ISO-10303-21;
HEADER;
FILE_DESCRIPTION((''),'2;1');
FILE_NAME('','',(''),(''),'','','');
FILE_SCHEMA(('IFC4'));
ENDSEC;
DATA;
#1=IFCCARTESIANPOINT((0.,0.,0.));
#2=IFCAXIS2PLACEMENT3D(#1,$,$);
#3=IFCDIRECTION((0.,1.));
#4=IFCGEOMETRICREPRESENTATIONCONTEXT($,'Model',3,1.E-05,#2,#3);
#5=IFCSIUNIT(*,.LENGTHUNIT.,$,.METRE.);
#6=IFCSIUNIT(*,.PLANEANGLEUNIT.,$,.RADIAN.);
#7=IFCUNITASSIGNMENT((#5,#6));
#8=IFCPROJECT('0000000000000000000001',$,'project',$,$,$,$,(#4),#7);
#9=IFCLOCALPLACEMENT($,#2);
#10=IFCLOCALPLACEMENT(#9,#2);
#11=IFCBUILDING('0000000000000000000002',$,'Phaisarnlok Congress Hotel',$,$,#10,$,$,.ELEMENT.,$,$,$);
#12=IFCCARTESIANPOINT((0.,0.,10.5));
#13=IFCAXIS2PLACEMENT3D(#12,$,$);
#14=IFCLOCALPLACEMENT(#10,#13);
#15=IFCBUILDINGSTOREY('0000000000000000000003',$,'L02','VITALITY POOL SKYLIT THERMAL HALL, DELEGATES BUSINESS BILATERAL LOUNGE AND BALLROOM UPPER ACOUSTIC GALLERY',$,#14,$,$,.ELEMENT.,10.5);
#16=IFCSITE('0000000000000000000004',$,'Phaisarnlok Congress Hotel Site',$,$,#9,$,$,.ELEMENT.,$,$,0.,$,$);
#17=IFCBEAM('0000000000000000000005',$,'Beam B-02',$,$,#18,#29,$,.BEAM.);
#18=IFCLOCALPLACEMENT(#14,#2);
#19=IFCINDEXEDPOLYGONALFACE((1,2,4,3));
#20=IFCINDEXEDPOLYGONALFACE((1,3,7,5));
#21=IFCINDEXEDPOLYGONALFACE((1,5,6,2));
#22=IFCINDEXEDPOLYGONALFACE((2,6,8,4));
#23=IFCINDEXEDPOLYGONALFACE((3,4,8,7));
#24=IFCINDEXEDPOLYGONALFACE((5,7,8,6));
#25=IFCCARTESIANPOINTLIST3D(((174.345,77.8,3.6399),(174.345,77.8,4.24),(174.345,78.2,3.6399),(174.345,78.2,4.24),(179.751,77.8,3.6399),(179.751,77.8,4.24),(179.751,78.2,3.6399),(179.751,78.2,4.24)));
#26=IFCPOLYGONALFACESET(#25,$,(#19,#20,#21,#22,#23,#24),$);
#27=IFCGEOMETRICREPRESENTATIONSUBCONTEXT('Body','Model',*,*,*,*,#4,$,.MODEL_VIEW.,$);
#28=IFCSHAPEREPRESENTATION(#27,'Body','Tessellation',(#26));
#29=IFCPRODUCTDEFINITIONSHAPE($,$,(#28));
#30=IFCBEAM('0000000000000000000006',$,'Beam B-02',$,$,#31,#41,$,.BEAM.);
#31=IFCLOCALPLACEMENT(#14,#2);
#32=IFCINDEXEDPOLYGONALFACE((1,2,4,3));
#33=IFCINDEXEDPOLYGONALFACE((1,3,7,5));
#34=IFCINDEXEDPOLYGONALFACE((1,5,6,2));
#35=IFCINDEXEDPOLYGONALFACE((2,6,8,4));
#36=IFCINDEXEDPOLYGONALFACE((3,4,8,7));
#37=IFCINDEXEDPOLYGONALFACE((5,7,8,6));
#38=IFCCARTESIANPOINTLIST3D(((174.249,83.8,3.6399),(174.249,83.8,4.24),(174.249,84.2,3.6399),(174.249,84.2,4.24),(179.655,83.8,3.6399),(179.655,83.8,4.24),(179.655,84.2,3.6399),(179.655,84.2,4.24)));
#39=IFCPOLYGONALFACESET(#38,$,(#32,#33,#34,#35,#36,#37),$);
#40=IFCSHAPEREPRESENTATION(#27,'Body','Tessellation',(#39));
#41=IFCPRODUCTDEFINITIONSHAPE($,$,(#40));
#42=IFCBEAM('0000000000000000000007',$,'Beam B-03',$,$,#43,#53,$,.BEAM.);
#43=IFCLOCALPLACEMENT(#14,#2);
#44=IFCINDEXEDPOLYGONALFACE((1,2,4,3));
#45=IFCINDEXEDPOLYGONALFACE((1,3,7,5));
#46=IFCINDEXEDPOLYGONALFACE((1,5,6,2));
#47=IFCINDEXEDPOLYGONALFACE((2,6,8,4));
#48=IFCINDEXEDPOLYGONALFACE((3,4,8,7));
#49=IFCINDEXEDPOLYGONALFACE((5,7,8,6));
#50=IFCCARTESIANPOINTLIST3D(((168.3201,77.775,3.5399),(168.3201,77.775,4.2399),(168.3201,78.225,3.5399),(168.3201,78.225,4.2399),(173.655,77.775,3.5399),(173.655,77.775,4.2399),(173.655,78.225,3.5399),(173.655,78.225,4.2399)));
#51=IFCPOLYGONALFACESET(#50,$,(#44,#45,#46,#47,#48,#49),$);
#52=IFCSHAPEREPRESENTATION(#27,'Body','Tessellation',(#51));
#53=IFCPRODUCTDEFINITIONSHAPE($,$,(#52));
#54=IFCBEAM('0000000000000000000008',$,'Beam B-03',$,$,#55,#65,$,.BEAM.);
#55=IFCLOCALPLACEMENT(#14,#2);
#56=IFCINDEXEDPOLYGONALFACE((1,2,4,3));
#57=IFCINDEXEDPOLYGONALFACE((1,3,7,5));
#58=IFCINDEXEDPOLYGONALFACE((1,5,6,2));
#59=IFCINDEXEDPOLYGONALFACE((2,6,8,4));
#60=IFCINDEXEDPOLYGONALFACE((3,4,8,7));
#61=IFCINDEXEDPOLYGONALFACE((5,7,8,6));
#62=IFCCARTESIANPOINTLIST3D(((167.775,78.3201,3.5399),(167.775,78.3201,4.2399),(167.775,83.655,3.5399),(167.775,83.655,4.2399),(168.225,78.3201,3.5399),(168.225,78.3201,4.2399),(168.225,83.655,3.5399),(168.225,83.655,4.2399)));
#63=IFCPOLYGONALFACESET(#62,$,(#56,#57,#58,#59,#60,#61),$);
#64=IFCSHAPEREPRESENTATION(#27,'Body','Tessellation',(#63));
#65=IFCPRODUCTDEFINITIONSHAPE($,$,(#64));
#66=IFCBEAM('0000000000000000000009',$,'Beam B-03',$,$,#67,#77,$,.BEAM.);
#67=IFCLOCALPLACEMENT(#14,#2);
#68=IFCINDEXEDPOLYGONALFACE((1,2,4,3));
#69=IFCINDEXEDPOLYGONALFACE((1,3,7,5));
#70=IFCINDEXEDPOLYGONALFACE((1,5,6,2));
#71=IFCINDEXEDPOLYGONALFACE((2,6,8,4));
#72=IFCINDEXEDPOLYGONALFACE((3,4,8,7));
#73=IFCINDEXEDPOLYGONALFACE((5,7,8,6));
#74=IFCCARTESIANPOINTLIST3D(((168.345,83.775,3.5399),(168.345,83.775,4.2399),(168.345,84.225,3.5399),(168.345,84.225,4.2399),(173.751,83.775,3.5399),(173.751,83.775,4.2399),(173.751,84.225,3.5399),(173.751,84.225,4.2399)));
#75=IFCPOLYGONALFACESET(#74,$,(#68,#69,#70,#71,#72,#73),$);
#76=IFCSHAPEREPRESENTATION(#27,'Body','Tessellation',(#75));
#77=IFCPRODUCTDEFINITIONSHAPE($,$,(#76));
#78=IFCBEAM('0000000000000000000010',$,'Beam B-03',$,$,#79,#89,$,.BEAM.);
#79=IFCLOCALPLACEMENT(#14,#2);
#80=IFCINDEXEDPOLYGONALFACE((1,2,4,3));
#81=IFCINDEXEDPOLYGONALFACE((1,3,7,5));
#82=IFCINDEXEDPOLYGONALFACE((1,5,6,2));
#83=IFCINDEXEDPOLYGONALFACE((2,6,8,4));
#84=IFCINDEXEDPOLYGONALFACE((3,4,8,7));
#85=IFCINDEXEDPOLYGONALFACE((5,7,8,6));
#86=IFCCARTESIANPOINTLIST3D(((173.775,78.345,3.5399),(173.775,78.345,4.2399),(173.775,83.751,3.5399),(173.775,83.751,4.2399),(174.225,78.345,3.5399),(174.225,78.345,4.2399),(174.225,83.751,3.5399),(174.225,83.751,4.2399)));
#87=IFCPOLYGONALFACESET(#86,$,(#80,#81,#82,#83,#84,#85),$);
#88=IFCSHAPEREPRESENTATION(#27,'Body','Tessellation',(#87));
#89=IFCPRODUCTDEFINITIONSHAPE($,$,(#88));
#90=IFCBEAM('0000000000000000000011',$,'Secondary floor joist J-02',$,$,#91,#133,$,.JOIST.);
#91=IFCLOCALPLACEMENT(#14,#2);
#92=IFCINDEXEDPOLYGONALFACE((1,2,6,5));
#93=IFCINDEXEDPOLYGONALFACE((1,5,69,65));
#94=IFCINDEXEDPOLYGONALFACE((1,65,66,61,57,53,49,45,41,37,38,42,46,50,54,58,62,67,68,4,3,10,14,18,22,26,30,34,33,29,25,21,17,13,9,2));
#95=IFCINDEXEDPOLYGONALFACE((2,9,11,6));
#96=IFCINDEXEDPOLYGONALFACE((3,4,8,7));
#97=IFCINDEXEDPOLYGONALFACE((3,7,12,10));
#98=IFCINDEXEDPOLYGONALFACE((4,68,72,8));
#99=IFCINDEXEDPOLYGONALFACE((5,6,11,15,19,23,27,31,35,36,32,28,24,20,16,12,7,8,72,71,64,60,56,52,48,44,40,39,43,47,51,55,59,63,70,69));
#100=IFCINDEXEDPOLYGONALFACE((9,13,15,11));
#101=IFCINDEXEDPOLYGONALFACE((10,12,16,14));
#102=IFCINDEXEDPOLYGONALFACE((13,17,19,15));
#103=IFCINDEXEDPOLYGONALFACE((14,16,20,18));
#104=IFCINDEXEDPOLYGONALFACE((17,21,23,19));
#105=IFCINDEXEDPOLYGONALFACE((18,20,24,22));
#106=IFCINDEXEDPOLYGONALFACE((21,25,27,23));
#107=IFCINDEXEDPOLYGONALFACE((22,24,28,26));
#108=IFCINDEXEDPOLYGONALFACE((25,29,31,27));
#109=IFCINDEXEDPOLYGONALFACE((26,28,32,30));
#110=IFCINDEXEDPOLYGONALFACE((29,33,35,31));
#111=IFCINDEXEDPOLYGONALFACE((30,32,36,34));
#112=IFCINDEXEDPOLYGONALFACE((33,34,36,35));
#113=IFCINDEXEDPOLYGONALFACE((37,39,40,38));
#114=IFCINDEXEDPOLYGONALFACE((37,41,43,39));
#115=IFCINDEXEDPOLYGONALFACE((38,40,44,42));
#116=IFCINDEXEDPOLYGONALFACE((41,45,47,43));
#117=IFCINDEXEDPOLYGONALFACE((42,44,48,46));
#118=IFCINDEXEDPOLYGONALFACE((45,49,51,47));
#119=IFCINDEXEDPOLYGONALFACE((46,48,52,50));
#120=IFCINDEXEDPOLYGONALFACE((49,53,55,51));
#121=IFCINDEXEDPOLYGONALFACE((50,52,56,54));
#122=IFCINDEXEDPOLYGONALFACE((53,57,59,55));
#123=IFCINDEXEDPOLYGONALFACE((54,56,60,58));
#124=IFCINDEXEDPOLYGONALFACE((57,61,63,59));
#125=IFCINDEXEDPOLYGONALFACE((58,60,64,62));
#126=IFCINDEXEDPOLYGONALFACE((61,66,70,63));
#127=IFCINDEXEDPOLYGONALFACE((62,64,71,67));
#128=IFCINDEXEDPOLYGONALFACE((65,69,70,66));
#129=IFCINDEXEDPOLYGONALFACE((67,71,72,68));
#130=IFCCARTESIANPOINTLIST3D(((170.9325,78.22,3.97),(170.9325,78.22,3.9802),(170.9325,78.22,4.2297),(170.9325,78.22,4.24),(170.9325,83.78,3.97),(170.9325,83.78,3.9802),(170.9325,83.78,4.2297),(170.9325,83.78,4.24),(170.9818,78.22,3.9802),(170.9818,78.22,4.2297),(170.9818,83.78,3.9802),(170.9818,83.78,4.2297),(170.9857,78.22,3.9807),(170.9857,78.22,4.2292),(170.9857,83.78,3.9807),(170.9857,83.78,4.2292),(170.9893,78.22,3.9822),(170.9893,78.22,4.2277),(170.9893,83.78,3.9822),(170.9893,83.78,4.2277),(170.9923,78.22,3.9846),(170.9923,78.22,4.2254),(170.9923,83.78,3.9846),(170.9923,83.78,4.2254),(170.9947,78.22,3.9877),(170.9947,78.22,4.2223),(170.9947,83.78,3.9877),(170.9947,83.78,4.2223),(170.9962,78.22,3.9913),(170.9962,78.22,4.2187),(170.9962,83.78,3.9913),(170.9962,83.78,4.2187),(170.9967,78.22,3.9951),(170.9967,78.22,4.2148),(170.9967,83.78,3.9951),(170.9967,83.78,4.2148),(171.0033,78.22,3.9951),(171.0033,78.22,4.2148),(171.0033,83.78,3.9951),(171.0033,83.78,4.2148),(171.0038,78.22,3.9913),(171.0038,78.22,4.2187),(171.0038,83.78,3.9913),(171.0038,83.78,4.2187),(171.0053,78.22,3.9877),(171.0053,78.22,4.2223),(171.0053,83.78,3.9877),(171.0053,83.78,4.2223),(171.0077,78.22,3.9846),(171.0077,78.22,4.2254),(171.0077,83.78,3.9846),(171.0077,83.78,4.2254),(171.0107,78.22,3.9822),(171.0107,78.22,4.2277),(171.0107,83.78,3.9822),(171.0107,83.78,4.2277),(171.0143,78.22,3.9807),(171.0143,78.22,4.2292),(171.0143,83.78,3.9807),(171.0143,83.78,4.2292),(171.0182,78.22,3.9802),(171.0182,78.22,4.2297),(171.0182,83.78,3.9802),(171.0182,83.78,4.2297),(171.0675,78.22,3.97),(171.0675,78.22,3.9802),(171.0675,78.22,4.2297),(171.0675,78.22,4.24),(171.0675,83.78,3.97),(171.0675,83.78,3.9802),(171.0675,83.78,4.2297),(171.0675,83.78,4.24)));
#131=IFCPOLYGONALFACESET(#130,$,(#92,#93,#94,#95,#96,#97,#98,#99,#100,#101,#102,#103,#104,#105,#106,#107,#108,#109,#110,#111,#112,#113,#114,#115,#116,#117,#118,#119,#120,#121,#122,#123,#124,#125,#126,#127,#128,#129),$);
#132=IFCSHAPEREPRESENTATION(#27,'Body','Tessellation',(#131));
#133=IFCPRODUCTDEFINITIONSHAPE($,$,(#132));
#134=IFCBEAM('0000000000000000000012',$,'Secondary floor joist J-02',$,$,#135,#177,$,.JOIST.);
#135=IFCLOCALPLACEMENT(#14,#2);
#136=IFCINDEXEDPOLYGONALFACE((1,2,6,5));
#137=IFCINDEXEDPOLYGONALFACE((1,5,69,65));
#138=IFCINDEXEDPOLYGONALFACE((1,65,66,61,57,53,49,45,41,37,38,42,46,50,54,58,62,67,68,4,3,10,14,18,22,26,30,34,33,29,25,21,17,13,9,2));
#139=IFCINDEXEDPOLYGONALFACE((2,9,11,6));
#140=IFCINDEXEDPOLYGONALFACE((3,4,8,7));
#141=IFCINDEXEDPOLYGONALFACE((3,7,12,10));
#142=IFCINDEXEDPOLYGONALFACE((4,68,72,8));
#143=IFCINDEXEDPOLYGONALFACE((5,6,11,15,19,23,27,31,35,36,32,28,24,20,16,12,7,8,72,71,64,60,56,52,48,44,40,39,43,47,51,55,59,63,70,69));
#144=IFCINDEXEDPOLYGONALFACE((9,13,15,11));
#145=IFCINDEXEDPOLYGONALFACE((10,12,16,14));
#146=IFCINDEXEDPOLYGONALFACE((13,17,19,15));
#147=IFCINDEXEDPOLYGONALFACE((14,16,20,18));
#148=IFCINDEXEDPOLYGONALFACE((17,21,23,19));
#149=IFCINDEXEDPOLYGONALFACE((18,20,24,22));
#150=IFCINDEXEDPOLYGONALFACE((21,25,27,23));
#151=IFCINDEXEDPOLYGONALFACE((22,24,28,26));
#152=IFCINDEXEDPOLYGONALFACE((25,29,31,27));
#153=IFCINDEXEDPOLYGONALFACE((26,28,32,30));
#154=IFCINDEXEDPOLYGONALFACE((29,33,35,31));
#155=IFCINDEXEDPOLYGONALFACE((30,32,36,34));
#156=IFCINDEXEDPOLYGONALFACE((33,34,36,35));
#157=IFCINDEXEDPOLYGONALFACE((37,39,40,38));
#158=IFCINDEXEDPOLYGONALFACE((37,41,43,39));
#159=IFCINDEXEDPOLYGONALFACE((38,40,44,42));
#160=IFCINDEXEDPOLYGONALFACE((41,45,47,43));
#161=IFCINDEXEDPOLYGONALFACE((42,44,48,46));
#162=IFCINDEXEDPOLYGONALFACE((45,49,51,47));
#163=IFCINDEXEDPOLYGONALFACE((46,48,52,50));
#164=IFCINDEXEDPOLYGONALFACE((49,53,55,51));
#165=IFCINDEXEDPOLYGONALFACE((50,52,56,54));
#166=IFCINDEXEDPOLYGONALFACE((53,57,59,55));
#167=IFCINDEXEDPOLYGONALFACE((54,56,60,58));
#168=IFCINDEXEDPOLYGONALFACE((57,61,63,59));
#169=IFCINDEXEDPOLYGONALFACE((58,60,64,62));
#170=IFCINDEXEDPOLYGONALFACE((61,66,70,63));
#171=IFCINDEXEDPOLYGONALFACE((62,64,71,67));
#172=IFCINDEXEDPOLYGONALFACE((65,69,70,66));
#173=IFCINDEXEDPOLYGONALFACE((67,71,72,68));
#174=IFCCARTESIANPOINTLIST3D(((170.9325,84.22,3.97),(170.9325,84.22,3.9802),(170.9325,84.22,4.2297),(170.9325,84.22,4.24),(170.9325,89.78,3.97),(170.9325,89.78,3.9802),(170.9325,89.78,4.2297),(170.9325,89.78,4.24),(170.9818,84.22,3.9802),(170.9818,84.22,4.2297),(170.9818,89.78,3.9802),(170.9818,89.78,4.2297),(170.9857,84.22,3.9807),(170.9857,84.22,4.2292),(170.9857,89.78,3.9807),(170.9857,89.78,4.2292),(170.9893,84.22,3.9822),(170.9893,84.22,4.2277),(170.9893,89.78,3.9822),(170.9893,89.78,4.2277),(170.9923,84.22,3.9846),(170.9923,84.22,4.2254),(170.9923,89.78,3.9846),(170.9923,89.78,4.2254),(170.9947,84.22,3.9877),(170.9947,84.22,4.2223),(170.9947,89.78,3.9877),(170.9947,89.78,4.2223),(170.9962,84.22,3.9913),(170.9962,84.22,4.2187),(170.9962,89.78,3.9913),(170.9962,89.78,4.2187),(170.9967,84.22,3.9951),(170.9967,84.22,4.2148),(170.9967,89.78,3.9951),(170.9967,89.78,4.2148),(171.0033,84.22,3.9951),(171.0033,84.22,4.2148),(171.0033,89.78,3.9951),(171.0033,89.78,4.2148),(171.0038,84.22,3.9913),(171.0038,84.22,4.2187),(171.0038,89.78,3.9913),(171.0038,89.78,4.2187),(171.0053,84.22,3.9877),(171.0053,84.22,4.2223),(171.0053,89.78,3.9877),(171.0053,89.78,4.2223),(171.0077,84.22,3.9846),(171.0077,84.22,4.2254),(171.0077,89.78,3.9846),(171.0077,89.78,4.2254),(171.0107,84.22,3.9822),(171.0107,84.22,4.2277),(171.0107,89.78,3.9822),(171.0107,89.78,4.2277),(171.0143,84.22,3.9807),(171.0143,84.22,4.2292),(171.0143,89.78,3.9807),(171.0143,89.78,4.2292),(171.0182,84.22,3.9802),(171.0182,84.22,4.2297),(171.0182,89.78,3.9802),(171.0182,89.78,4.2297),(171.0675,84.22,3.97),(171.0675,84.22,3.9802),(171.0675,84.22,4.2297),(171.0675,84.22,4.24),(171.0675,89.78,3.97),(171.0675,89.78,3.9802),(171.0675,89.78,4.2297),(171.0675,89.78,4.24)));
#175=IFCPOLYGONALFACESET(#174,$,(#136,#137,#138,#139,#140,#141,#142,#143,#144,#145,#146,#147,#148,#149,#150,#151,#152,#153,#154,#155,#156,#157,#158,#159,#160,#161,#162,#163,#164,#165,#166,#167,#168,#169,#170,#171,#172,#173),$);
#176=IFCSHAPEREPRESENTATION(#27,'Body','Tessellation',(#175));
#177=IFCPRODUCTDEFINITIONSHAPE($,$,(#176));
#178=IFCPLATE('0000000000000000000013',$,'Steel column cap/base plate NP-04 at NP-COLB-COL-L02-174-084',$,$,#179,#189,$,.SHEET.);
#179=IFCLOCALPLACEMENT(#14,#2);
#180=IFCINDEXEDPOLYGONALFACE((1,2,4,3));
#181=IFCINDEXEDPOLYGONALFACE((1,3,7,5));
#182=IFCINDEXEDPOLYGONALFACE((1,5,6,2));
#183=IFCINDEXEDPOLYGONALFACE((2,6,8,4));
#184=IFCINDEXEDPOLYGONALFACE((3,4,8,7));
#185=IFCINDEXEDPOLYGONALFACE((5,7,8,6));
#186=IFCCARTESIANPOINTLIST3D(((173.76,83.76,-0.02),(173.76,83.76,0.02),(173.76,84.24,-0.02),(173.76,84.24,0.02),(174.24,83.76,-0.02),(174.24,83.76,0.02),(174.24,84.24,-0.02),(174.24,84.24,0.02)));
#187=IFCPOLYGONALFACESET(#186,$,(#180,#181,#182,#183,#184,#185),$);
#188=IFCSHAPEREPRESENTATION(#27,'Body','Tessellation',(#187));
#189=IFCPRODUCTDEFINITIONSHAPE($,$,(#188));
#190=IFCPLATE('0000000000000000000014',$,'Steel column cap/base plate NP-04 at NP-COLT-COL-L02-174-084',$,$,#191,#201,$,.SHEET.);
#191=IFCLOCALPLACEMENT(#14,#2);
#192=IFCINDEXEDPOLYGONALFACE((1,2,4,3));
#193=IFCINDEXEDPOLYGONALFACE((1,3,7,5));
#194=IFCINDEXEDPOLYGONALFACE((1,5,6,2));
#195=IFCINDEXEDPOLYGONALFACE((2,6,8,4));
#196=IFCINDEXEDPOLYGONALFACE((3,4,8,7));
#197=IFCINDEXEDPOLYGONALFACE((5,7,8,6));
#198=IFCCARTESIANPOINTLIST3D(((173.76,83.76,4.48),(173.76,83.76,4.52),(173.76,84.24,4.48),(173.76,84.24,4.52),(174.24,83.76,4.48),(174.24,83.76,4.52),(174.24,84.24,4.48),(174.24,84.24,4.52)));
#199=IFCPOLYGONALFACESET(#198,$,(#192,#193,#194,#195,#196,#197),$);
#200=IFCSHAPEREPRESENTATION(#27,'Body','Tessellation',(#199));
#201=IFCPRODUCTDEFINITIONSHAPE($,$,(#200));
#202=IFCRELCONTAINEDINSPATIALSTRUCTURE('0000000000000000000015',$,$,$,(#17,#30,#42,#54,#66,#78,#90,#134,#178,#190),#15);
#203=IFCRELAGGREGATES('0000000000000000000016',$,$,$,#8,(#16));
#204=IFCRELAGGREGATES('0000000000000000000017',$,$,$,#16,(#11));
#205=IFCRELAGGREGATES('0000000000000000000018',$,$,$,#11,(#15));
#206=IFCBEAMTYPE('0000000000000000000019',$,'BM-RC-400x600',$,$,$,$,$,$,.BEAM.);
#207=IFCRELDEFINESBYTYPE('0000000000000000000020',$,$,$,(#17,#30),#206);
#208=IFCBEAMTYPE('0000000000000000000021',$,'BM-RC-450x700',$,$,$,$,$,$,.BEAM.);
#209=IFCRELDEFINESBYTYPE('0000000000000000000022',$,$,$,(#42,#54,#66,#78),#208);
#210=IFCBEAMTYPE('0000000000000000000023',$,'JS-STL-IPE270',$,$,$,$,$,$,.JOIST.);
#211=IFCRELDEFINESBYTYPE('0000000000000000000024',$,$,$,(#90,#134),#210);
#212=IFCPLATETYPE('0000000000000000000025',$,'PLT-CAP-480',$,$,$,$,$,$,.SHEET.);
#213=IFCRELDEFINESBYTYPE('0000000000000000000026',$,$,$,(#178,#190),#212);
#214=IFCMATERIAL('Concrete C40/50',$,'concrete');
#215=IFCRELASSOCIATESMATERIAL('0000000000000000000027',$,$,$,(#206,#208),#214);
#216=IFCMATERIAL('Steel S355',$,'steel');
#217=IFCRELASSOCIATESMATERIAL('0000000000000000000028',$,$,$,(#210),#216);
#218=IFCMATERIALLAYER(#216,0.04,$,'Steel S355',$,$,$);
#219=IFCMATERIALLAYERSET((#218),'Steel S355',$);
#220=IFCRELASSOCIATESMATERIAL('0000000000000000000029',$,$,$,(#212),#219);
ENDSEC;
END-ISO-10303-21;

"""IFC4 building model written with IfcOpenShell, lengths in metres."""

from ifc_helpers import new_model, si_unit, direction, frame, origin, origin_2d, place, context, subcontext, project, spatial, rectangle, i_section, extrude, material, layer, layer_set, material_profile, profile_set, type_object, element, save


model = new_model("IFC4")

# Units and contexts
model_context = context("Model", 3, precision=1e-05, world=origin(), true_north=direction((0.0, 1.0)))
body_context = subcontext(model_context, "Body", "Model", "MODEL_VIEW")
ifc_project = project(units=[si_unit("LENGTHUNIT", "METRE"), si_unit("PLANEANGLEUNIT", "RADIAN")], contexts=[model_context])

# Site, building, storey
site_placement = place(None, origin())
site = spatial("IfcSite", under=ifc_project, at=site_placement, Name="Phaisarnlok Congress Hotel Site", CompositionType="ELEMENT", RefElevation=0.0)
building_placement = place(site_placement, origin())
building = spatial("IfcBuilding", under=site, at=building_placement, Name="Phaisarnlok Congress Hotel", CompositionType="ELEMENT")
storey_placement = place(building_placement, frame((0.0, 0.0, 10.5)))
storey = spatial("IfcBuildingStorey", under=building, at=storey_placement, Name="L02", Description="VITALITY POOL SKYLIT THERMAL HALL, DELEGATES BUSINESS BILATERAL LOUNGE AND BALLROOM UPPER ACOUSTIC GALLERY", CompositionType="ELEMENT", Elevation=10.5)

# Shared definitions
ifc_material_1 = material(Name="Steel S355", Category="steel")

# Beams
ifc_material_2 = material(Name="Concrete C40/50", Category="concrete")
ifc_material_profile_1 = material_profile(ifc_material_2, rectangle(XDim=0.3999, YDim=0.6001, at=origin_2d()), Name="RC 400x600")
ifc_profile_set_1 = profile_set([ifc_material_profile_1], Name="Concrete C40/50")
beam_type_1 = type_object("IfcBeamType", Name="BM-RC-400x600", PredefinedType="BEAM", material=ifc_profile_set_1)
for number, where, z_axis, x_axis, name in (
    (1, (174.345, 78.0, 3.9399), (1.0, 0.0, 0.0), (0.0, 1.0, 0.0), "Beam B-02"),
    (2, (174.249, 84.0, 3.9399), (1.0, 0.0, 0.0), (0.0, 1.0, 0.0), "Beam B-02"),
):
    element("IfcBeam", number, at=place(storey_placement, frame(where, z_axis=z_axis, x_axis=x_axis)), inside=storey, type_object=beam_type_1, Name=name, PredefinedType="BEAM", context=body_context, shape_type="SweptSolid", body=[
        extrude(rectangle(XDim=0.3999, YDim=0.6001, at=origin_2d()), origin(), (0.0, 0.0, 1.0), 5.406),
    ])
ifc_material_profile_2 = material_profile(ifc_material_2, rectangle(XDim=0.45, YDim=0.7, at=origin_2d()), Name="RC 450x700")
ifc_profile_set_2 = profile_set([ifc_material_profile_2], Name="Concrete C40/50")
beam_type_2 = type_object("IfcBeamType", Name="BM-RC-450x700", PredefinedType="BEAM", material=ifc_profile_set_2)
for number, where, z_axis, x_axis, name in (
    (3, (168.3201, 78.0, 3.8899), (1.0, 0.0, 0.0), (0.0, 1.0, 0.0), "Beam B-03"),
    (4, (168.0, 78.3201, 3.8899), (0.0, 1.0, 0.0), (-1.0, 0.0, 0.0), "Beam B-03"),
):
    element("IfcBeam", number, at=place(storey_placement, frame(where, z_axis=z_axis, x_axis=x_axis)), inside=storey, type_object=beam_type_2, Name=name, PredefinedType="BEAM", context=body_context, shape_type="SweptSolid", body=[
        extrude(rectangle(XDim=0.45, YDim=0.7, at=origin_2d()), origin(), (0.0, 0.0, 1.0), 5.335),
    ])
for number, where, z_axis, x_axis, name in (
    (5, (168.345, 84.0, 3.8899), (1.0, 0.0, 0.0), (0.0, 1.0, 0.0), "Beam B-03"),
    (6, (174.0, 78.345, 3.8899), (0.0, 1.0, 0.0), (-1.0, 0.0, 0.0), "Beam B-03"),
):
    element("IfcBeam", number, at=place(storey_placement, frame(where, z_axis=z_axis, x_axis=x_axis)), inside=storey, type_object=beam_type_2, Name=name, PredefinedType="BEAM", context=body_context, shape_type="SweptSolid", body=[
        extrude(rectangle(XDim=0.45, YDim=0.7, at=origin_2d()), origin(), (0.0, 0.0, 1.0), 5.406),
    ])
ifc_material_profile_3 = material_profile(ifc_material_1, i_section(OverallWidth=0.135, OverallDepth=0.27, WebThickness=0.0066, FlangeThickness=0.0103, FilletRadius=0.0149, at=origin_2d()), Name="IPE 270")
ifc_profile_set_3 = profile_set([ifc_material_profile_3], Name="Steel S355")
beam_type_3 = type_object("IfcBeamType", Name="JS-STL-IPE270", PredefinedType="JOIST", material=ifc_profile_set_3)
for number, where, z_axis, x_axis, name in (
    (7, (171.0, 78.22, 4.105), (0.0, 1.0, 0.0), (-1.0, 0.0, 0.0), "Secondary floor joist J-02"),
    (8, (171.0, 84.22, 4.105), (0.0, 1.0, 0.0), (-1.0, 0.0, 0.0), "Secondary floor joist J-02"),
):
    element("IfcBeam", number, at=place(storey_placement, frame(where, z_axis=z_axis, x_axis=x_axis)), inside=storey, type_object=beam_type_3, Name=name, PredefinedType="JOIST", context=body_context, shape_type="SweptSolid", body=[
        extrude(i_section(OverallWidth=0.135, OverallDepth=0.27, WebThickness=0.0066, FlangeThickness=0.0103, FilletRadius=0.0149, at=origin_2d()), origin(), (0.0, 0.0, 1.0), 5.5601),
    ])

# Plates
ifc_layer_1 = layer(ifc_material_1, 0.04, Name="Steel S355")
ifc_layer_set_1 = layer_set([ifc_layer_1], Name="Steel S355")
plate_type = type_object("IfcPlateType", Name="PLT-CAP-480", PredefinedType="SHEET", material=ifc_layer_set_1)
for number, where, z_axis, x_axis, name in (
    (9, (174.0, 84.0, -0.02), (0.0, 0.0, 1.0), (1.0, 0.0, 0.0), "Steel column cap/base plate NP-04 at NP-COLB-COL-L02-174-084"),
    (10, (174.0, 84.0, 4.48), (0.0, 0.0, 1.0), (1.0, 0.0, 0.0), "Steel column cap/base plate NP-04 at NP-COLT-COL-L02-174-084"),
):
    element("IfcPlate", number, at=place(storey_placement, frame(where, z_axis=z_axis, x_axis=x_axis)), inside=storey, type_object=plate_type, Name=name, PredefinedType="SHEET", context=body_context, shape_type="SweptSolid", body=[
        extrude(rectangle(XDim=0.48, YDim=0.48, at=origin_2d()), origin(), (0.0, 0.0, 1.0), 0.04),
    ])

save(model, "model.ifc")
